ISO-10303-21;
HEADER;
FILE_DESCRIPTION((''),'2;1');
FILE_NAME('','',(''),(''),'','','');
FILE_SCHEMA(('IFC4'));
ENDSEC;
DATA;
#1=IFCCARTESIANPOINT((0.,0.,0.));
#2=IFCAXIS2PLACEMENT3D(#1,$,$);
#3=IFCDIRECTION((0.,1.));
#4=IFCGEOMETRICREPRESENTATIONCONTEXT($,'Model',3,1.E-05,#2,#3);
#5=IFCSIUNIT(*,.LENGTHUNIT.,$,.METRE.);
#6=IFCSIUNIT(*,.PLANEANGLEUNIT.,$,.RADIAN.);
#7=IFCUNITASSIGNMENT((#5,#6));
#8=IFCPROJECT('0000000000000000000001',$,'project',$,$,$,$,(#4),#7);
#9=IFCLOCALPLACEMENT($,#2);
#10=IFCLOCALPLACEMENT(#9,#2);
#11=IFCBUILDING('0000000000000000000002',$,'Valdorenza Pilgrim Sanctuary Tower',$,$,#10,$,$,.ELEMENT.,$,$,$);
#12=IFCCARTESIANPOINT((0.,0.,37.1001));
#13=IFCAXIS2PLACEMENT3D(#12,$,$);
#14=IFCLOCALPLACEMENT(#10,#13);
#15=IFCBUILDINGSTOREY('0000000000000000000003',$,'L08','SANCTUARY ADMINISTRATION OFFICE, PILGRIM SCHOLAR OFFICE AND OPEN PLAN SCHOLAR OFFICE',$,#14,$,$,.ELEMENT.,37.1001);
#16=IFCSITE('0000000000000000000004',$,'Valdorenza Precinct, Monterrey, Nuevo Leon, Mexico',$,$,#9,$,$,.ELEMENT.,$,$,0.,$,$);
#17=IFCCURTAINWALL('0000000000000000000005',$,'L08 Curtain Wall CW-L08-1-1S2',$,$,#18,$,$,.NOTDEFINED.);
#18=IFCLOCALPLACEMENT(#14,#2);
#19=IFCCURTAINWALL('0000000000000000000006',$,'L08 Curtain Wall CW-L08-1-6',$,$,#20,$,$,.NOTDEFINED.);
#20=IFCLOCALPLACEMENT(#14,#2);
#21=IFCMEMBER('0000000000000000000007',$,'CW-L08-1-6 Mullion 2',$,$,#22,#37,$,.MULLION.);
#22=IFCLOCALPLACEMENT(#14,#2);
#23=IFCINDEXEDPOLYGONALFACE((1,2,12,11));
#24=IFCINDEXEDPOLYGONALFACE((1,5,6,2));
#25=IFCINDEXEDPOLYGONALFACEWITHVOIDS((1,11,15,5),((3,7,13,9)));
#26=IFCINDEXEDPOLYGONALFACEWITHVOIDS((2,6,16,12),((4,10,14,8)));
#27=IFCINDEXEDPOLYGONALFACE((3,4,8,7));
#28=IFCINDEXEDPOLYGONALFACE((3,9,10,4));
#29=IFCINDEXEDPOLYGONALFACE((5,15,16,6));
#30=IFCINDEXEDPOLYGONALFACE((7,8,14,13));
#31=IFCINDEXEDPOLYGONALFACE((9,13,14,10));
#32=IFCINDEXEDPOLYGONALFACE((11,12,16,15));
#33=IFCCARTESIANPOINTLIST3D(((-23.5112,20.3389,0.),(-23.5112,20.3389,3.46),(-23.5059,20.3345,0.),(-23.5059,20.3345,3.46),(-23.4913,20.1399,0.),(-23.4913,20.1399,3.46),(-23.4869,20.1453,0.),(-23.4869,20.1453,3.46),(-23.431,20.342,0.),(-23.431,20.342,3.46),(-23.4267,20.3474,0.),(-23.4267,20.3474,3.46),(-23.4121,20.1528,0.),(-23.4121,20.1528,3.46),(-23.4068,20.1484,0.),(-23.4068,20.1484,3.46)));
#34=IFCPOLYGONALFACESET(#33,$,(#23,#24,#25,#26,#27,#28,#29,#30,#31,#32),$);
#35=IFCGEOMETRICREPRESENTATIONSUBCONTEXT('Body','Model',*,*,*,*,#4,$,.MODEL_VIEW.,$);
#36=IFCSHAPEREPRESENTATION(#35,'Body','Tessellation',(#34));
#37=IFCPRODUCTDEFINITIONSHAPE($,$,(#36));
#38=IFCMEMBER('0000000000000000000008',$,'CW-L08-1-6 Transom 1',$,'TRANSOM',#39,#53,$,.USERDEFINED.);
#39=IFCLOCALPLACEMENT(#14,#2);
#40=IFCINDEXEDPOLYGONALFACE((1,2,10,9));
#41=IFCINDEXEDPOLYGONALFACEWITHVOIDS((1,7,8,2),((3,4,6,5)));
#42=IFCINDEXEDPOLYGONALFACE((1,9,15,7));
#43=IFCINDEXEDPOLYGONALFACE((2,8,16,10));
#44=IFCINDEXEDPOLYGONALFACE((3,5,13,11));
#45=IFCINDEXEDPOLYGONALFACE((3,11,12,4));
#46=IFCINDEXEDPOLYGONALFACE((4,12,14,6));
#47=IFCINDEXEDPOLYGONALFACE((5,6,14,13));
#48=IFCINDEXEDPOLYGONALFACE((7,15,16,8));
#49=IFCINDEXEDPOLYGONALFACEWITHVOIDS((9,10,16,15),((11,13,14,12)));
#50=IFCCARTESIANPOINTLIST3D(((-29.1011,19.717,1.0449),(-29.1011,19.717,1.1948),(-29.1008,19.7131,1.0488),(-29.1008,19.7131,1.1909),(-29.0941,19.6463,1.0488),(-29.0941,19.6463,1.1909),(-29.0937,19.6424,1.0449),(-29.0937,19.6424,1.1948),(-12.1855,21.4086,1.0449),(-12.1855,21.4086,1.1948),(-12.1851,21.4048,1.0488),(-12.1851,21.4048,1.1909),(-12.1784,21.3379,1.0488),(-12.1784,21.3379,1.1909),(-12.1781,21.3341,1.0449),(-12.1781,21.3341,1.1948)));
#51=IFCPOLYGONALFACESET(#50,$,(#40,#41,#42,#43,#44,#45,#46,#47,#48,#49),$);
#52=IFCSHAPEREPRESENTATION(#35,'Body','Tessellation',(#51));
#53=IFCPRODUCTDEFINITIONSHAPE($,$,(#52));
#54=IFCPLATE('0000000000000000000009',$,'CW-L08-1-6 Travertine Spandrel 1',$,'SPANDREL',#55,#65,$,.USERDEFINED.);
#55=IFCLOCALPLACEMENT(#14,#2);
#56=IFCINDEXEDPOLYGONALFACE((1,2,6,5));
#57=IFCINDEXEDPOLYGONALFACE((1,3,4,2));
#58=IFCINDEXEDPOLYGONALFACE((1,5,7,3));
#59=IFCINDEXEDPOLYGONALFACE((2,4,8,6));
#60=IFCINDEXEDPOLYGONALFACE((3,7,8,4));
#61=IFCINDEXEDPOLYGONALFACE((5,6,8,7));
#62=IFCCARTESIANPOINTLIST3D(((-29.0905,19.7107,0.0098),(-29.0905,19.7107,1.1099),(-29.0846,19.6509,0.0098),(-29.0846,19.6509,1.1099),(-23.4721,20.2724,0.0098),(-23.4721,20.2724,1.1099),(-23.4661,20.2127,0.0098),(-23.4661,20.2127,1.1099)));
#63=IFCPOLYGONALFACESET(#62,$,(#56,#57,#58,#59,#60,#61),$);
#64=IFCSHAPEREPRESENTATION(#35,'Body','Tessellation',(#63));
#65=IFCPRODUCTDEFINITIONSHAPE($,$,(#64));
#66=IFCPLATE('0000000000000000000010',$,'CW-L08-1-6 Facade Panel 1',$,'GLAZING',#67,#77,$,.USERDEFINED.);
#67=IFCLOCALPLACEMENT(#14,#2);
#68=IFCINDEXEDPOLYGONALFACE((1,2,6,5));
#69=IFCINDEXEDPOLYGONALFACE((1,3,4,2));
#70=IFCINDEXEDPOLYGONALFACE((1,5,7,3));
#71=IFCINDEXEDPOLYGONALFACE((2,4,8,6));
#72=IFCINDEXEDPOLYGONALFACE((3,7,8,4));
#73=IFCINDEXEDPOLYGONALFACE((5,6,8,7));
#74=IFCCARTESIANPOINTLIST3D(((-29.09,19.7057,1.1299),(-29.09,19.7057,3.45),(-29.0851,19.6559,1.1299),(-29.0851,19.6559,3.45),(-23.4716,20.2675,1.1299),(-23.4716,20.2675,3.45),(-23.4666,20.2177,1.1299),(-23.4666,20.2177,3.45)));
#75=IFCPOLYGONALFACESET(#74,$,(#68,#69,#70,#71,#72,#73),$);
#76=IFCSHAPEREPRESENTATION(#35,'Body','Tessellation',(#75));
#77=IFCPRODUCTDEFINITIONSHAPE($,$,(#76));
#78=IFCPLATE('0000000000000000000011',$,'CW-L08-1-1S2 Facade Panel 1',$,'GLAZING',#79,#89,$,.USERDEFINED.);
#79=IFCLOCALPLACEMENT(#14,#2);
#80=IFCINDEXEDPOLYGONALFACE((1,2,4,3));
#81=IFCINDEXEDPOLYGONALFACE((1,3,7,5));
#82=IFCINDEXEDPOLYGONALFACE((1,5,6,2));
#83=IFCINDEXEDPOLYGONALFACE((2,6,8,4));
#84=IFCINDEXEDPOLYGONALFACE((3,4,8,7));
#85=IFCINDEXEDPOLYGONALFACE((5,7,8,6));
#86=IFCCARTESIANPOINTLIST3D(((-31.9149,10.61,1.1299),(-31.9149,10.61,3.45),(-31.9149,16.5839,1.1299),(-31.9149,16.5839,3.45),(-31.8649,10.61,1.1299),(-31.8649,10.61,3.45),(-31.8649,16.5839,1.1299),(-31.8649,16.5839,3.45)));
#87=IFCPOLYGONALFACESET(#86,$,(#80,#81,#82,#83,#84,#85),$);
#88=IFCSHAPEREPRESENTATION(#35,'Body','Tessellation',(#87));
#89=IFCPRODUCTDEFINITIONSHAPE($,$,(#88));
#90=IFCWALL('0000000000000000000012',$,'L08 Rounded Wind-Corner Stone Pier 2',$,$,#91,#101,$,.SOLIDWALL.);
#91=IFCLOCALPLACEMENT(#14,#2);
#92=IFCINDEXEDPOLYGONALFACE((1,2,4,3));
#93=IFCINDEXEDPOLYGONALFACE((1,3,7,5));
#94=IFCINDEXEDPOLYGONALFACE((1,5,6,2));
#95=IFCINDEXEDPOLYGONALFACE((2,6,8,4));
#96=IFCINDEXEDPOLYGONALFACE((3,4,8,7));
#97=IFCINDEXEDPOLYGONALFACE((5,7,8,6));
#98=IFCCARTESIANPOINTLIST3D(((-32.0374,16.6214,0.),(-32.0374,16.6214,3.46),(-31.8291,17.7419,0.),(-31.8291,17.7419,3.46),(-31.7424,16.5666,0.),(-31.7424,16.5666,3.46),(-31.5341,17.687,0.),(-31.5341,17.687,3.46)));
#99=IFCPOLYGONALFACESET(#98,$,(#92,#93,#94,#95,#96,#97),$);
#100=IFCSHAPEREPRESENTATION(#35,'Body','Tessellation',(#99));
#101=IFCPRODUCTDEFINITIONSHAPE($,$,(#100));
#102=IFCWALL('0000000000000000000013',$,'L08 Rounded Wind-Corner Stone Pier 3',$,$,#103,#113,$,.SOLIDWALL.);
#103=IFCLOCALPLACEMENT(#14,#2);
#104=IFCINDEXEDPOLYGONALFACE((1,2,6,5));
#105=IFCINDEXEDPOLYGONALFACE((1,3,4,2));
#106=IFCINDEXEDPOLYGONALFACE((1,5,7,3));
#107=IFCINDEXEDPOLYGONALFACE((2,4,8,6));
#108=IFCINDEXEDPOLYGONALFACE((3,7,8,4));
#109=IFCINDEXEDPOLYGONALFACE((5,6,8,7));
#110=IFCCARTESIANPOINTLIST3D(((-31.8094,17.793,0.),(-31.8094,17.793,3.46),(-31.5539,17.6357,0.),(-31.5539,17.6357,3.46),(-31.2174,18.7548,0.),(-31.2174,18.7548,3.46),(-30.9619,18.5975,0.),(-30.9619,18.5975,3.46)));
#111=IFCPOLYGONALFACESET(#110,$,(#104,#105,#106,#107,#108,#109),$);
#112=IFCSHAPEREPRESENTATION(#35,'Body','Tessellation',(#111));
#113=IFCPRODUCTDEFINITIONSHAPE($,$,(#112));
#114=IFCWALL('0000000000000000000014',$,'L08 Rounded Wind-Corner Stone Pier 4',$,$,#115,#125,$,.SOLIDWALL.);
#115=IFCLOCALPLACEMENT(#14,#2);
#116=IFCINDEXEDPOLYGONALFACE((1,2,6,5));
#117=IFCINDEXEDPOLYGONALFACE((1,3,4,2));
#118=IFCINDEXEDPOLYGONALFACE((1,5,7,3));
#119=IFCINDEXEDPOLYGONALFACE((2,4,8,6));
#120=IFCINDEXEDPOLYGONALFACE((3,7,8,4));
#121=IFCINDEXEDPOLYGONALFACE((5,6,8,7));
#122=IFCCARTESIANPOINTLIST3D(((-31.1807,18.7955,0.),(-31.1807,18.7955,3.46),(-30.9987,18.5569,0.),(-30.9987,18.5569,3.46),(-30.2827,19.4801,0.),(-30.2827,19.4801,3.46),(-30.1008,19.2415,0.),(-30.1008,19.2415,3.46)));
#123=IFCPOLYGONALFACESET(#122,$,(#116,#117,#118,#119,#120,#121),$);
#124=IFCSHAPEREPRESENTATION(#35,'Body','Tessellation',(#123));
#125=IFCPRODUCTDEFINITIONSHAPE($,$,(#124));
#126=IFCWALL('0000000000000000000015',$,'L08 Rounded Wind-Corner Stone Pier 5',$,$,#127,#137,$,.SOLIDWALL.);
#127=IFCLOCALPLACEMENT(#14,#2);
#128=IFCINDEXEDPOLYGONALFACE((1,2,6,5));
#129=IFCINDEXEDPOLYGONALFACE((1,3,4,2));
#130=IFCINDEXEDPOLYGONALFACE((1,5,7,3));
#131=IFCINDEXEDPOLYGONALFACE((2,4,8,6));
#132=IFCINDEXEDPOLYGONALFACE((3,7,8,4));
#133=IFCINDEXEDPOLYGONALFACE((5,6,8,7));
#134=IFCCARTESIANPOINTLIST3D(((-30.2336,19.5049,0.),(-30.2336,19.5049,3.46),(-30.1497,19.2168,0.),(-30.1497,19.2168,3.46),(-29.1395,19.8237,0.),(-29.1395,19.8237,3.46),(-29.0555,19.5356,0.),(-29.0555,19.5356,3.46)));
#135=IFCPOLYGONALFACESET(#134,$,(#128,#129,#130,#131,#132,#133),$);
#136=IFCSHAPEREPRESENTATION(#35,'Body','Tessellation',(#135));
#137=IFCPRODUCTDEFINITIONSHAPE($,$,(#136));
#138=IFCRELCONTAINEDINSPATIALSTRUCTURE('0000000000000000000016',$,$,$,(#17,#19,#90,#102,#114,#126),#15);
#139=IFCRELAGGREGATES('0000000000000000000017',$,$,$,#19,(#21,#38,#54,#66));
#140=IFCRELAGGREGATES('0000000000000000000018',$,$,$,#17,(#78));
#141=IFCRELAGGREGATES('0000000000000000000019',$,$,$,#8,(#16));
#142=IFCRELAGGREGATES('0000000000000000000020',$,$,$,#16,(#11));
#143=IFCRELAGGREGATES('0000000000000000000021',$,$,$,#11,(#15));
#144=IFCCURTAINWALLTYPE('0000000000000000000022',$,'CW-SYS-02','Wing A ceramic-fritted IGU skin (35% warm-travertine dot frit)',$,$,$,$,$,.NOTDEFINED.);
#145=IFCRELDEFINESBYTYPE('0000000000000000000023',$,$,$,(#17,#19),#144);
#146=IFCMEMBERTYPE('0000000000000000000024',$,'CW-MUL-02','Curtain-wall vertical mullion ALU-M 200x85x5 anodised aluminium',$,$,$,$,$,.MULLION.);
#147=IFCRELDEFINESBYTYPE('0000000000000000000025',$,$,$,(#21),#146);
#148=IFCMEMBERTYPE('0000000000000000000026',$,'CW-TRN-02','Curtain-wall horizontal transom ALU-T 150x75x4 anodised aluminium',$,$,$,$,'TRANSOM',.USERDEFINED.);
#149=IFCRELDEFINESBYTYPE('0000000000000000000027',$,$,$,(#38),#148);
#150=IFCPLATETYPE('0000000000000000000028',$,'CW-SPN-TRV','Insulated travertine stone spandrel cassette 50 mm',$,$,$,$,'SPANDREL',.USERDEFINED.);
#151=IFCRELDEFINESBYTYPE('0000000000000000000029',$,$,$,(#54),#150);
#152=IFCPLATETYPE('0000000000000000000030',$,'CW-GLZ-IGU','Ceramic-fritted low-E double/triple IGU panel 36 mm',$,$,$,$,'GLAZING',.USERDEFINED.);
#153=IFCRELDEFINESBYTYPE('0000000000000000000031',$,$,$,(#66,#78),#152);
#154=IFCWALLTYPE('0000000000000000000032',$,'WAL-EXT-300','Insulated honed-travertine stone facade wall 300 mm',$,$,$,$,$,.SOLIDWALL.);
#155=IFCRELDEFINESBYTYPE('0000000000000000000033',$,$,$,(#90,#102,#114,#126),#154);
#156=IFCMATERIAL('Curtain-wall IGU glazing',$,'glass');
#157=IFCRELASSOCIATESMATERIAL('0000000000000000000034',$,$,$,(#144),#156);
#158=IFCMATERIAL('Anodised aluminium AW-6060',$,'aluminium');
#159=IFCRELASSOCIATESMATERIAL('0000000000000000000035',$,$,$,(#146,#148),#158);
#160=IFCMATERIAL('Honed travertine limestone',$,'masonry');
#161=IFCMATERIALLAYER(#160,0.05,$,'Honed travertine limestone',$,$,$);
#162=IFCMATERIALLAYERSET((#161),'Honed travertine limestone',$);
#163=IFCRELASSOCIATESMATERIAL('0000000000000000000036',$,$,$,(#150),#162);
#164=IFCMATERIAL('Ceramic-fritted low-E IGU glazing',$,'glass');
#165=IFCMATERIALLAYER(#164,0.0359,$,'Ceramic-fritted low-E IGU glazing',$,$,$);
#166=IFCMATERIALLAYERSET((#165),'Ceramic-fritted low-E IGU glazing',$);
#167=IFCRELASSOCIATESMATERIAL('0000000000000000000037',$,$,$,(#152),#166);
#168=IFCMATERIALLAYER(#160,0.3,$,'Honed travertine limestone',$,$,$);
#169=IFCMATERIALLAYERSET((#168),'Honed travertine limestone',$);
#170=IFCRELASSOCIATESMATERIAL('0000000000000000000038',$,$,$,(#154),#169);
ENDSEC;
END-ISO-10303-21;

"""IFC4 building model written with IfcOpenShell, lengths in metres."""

from ifc_helpers import new_model, si_unit, direction, frame, frame_2d, origin, origin_2d, place, context, subcontext, project, spatial, rectangle, hollow_rectangle, extrude, source, transform, mapped, material, layer, layer_set, material_profile, profile_set, type_object, element, aggregate, save


model = new_model("IFC4")

# Units and contexts
model_context = context("Model", 3, precision=1e-05, world=origin(), true_north=direction((0.0, 1.0)))
body_context = subcontext(model_context, "Body", "Model", "MODEL_VIEW")
ifc_project = project(units=[si_unit("LENGTHUNIT", "METRE"), si_unit("PLANEANGLEUNIT", "RADIAN")], contexts=[model_context])

# Site, building, storey
site_placement = place(None, origin())
site = spatial("IfcSite", under=ifc_project, at=site_placement, Name="Valdorenza Precinct, Monterrey, Nuevo Leon, Mexico", CompositionType="ELEMENT", RefElevation=0.0)
building_placement = place(site_placement, origin())
building = spatial("IfcBuilding", under=site, at=building_placement, Name="Valdorenza Pilgrim Sanctuary Tower", CompositionType="ELEMENT")
storey_placement = place(building_placement, frame((0.0, 0.0, 37.1001)))
storey = spatial("IfcBuildingStorey", under=building, at=storey_placement, Name="L08", Description="SANCTUARY ADMINISTRATION OFFICE, PILGRIM SCHOLAR OFFICE AND OPEN PLAN SCHOLAR OFFICE", CompositionType="ELEMENT", Elevation=37.1001)

# Curtain wall
ifc_material_1 = material(Name="Curtain-wall IGU glazing", Category="glass")
curtain_wall_type = type_object("IfcCurtainWallType", Name="CW-SYS-02", Description="Wing A ceramic-fritted IGU skin (35% warm-travertine dot frit)", PredefinedType="NOTDEFINED", material=ifc_material_1)
curtain_wall_1_placement = place(storey_placement, origin())
curtain_wall_1 = element("IfcCurtainWall", 1, at=curtain_wall_1_placement, inside=storey, type_object=curtain_wall_type, Name="L08 Curtain Wall CW-L08-1-1S2", PredefinedType="NOTDEFINED")
ifc_material_2 = material(Name="Anodised aluminium AW-6060", Category="aluminium")
ifc_material_profile_1 = material_profile(ifc_material_2, hollow_rectangle(XDim=0.085, YDim=0.2, WallThickness=0.0049, at=origin_2d()), Name="ALU-M 200x85x5")
ifc_profile_set_1 = profile_set([ifc_material_profile_1], Name="Anodised aluminium AW-6060")
member_type_1 = type_object("IfcMemberType", Name="CW-MUL-02", Description="Curtain-wall vertical mullion ALU-M 200x85x5 anodised aluminium", PredefinedType="MULLION", material=ifc_profile_set_1)
shared_shape_1 = source(origin(), body_context, "Body", "SweptSolid", [
    extrude(hollow_rectangle(XDim=0.085, YDim=0.2, WallThickness=0.0049, at=origin_2d()), origin(), (0.0, 0.0, 1.0), 3.46),
])

# Curtain wall, members, plates
curtain_wall_2_placement = place(storey_placement, origin())
curtain_wall_2 = element("IfcCurtainWall", 2, at=curtain_wall_2_placement, inside=storey, type_object=curtain_wall_type, Name="L08 Curtain Wall CW-L08-1-6", PredefinedType="NOTDEFINED")
member_1_placement = place(storey_placement, frame((-23.459, 20.2437, 0.0), z_axis=(0.0, 0.0, 1.0), x_axis=(0.995038, 0.099493, 0.0)))
member_1 = element("IfcMember", 3, at=member_1_placement, type_object=member_type_1, Name="CW-L08-1-6 Mullion 2", PredefinedType="MULLION", context=body_context, shape_type="MappedRepresentation", body=[
    mapped(shared_shape_1, transform((0.0, 0.0, 0.0), x_axis=(1.0, 0.0, 0.0), y_axis=(0.0, 1.0, 0.0), z_axis=(0.0, 0.0, 1.0), scale=1.0)),
])
ifc_material_profile_2 = material_profile(ifc_material_2, hollow_rectangle(XDim=0.075, YDim=0.1499, WallThickness=0.0039, at=origin_2d()), Name="ALU-T 150x75x4")
ifc_profile_set_2 = profile_set([ifc_material_profile_2], Name="Anodised aluminium AW-6060")
member_type_2 = type_object("IfcMemberType", Name="CW-TRN-02", Description="Curtain-wall horizontal transom ALU-T 150x75x4 anodised aluminium", ElementType="TRANSOM", PredefinedType="USERDEFINED", material=ifc_profile_set_2)
shared_shape_2 = source(origin(), body_context, "Body", "SweptSolid", [
    extrude(hollow_rectangle(XDim=0.075, YDim=0.1499, WallThickness=0.0039, at=origin_2d()), origin(), (0.0, 0.0, 1.0), 17.0),
])
member_2_placement = place(storey_placement, frame((-29.0974, 19.6797, 1.1199), z_axis=(0.995037, 0.099509, 0.0), x_axis=(-0.099509, 0.995037, 0.0)))
member_2 = element("IfcMember", 4, at=member_2_placement, type_object=member_type_2, Name="CW-L08-1-6 Transom 1", ObjectType="TRANSOM", PredefinedType="USERDEFINED", context=body_context, shape_type="MappedRepresentation", body=[
    mapped(shared_shape_2, transform((0.0, 0.0, 0.0), x_axis=(1.0, 0.0, 0.0), y_axis=(0.0, 1.0, 0.0), z_axis=(0.0, 0.0, 1.0), scale=1.0)),
])
ifc_material_3 = material(Name="Honed travertine limestone", Category="masonry")
ifc_layer_1 = layer(ifc_material_3, 0.05, Name="Honed travertine limestone")
ifc_layer_set_1 = layer_set([ifc_layer_1], Name="Honed travertine limestone")
plate_type_1 = type_object("IfcPlateType", Name="CW-SPN-TRV", Description="Insulated travertine stone spandrel cassette 50 mm", ElementType="SPANDREL", PredefinedType="USERDEFINED", material=ifc_layer_set_1)
shared_shape_3 = source(origin(), body_context, "Body", "SweptSolid", [
    extrude(rectangle(XDim=5.6465, YDim=0.0601, at=origin_2d()), origin(), (0.0, 0.0, 1.0), 1.1001),
])
plate_1_placement = place(storey_placement, frame((-26.2783, 19.9617, 0.0098), z_axis=(0.0, 0.0, 1.0), x_axis=(0.995038, 0.099493, 0.0)))
plate_1 = element("IfcPlate", 5, at=plate_1_placement, type_object=plate_type_1, Name="CW-L08-1-6 Travertine Spandrel 1", ObjectType="SPANDREL", PredefinedType="USERDEFINED", context=body_context, shape_type="MappedRepresentation", body=[
    mapped(shared_shape_3, transform((0.0, 0.0, 0.0), x_axis=(1.0, 0.0, 0.0), y_axis=(0.0, 1.0, 0.0), z_axis=(0.0, 0.0, 1.0), scale=1.0)),
])
ifc_material_4 = material(Name="Ceramic-fritted low-E IGU glazing", Category="glass")
ifc_layer_2 = layer(ifc_material_4, 0.0359, Name="Ceramic-fritted low-E IGU glazing")
ifc_layer_set_2 = layer_set([ifc_layer_2], Name="Ceramic-fritted low-E IGU glazing")
plate_type_2 = type_object("IfcPlateType", Name="CW-GLZ-IGU", Description="Ceramic-fritted low-E double/triple IGU panel 36 mm", ElementType="GLAZING", PredefinedType="USERDEFINED", material=ifc_layer_set_2)
shared_shape_4 = source(origin(), body_context, "Body", "SweptSolid", [
    extrude(rectangle(XDim=5.6465, YDim=0.05, at=origin_2d()), origin(), (0.0, 0.0, 1.0), 2.3201),
])
plate_2_placement = place(storey_placement, frame((-26.2783, 19.9617, 1.1299), z_axis=(0.0, 0.0, 1.0), x_axis=(0.995038, 0.099493, 0.0)))
plate_2 = element("IfcPlate", 6, at=plate_2_placement, type_object=plate_type_2, Name="CW-L08-1-6 Facade Panel 1", ObjectType="GLAZING", PredefinedType="USERDEFINED", context=body_context, shape_type="MappedRepresentation", body=[
    mapped(shared_shape_4, transform((0.0, 0.0, 0.0), x_axis=(1.0, 0.0, 0.0), y_axis=(0.0, 1.0, 0.0), z_axis=(0.0, 0.0, 1.0), scale=1.0)),
])
aggregate(curtain_wall_2, [member_1, member_2, plate_1, plate_2])

# Plate
shared_shape_5 = source(origin(), body_context, "Body", "SweptSolid", [
    extrude(rectangle(XDim=5.9739, YDim=0.05, at=origin_2d()), origin(), (0.0, 0.0, 1.0), 2.3201),
])
plate_3_placement = place(storey_placement, frame((-31.8899, 13.5969, 1.1299), z_axis=(0.0, 0.0, 1.0), x_axis=(0.0, 1.0, 0.0)))
plate_3 = element("IfcPlate", 7, at=plate_3_placement, type_object=plate_type_2, Name="CW-L08-1-1S2 Facade Panel 1", ObjectType="GLAZING", PredefinedType="USERDEFINED", context=body_context, shape_type="MappedRepresentation", body=[
    mapped(shared_shape_5, transform((0.0, 0.0, 0.0), x_axis=(1.0, 0.0, 0.0), y_axis=(0.0, 1.0, 0.0), z_axis=(0.0, 0.0, 1.0), scale=1.0)),
])
aggregate(curtain_wall_1, [plate_3])

# Walls
ifc_layer_3 = layer(ifc_material_3, 0.3, Name="Honed travertine limestone")
ifc_layer_set_3 = layer_set([ifc_layer_3], Name="Honed travertine limestone")
wall_type = type_object("IfcWallType", Name="WAL-EXT-300", Description="Insulated honed-travertine stone facade wall 300 mm", PredefinedType="SOLIDWALL", material=ifc_layer_set_3)
wall_1_placement = place(storey_placement, frame((-31.8899, 16.594, 0.0), z_axis=(0.0, 0.0, 1.0), x_axis=(0.182749, 0.98316, 0.0)))
element("IfcWall", 8, at=wall_1_placement, inside=storey, type_object=wall_type, Name="L08 Rounded Wind-Corner Stone Pier 2", PredefinedType="SOLIDWALL", context=body_context, shape_type="SweptSolid", body=[
    extrude(rectangle(XDim=1.1396, YDim=0.3, at=frame_2d((0.5698, 0.0))), origin(), (0.0, 0.0, 1.0), 3.46),
])
wall_2_placement = place(storey_placement, frame((-31.6816, 17.7144, 0.0), z_axis=(0.0, 0.0, 1.0), x_axis=(0.524158, 0.851621, 0.0)))
element("IfcWall", 9, at=wall_2_placement, inside=storey, type_object=wall_type, Name="L08 Rounded Wind-Corner Stone Pier 3", PredefinedType="SOLIDWALL", context=body_context, shape_type="SweptSolid", body=[
    extrude(rectangle(XDim=1.1294, YDim=0.3, at=frame_2d((0.5647, 0.0))), origin(), (0.0, 0.0, 1.0), 3.46),
])
wall_3_placement = place(storey_placement, frame((-31.0896, 18.6763, 0.0), z_axis=(0.0, 0.0, 1.0), x_axis=(0.795253, 0.606278, 0.0)))
element("IfcWall", 10, at=wall_3_placement, inside=storey, type_object=wall_type, Name="L08 Rounded Wind-Corner Stone Pier 4", PredefinedType="SOLIDWALL", context=body_context, shape_type="SweptSolid", body=[
    extrude(rectangle(XDim=1.1292, YDim=0.3, at=frame_2d((0.5645, 0.0))), origin(), (0.0, 0.0, 1.0), 3.46),
])
wall_4_placement = place(storey_placement, frame((-30.1917, 19.3608, 0.0), z_axis=(0.0, 0.0, 1.0), x_axis=(0.960072, 0.279753, 0.0)))
element("IfcWall", 11, at=wall_4_placement, inside=storey, type_object=wall_type, Name="L08 Rounded Wind-Corner Stone Pier 5", PredefinedType="SOLIDWALL", context=body_context, shape_type="SweptSolid", body=[
    extrude(rectangle(XDim=1.1396, YDim=0.3, at=frame_2d((0.5698, 0.0))), origin(), (0.0, 0.0, 1.0), 3.46),
])

save(model, "model.ifc")
